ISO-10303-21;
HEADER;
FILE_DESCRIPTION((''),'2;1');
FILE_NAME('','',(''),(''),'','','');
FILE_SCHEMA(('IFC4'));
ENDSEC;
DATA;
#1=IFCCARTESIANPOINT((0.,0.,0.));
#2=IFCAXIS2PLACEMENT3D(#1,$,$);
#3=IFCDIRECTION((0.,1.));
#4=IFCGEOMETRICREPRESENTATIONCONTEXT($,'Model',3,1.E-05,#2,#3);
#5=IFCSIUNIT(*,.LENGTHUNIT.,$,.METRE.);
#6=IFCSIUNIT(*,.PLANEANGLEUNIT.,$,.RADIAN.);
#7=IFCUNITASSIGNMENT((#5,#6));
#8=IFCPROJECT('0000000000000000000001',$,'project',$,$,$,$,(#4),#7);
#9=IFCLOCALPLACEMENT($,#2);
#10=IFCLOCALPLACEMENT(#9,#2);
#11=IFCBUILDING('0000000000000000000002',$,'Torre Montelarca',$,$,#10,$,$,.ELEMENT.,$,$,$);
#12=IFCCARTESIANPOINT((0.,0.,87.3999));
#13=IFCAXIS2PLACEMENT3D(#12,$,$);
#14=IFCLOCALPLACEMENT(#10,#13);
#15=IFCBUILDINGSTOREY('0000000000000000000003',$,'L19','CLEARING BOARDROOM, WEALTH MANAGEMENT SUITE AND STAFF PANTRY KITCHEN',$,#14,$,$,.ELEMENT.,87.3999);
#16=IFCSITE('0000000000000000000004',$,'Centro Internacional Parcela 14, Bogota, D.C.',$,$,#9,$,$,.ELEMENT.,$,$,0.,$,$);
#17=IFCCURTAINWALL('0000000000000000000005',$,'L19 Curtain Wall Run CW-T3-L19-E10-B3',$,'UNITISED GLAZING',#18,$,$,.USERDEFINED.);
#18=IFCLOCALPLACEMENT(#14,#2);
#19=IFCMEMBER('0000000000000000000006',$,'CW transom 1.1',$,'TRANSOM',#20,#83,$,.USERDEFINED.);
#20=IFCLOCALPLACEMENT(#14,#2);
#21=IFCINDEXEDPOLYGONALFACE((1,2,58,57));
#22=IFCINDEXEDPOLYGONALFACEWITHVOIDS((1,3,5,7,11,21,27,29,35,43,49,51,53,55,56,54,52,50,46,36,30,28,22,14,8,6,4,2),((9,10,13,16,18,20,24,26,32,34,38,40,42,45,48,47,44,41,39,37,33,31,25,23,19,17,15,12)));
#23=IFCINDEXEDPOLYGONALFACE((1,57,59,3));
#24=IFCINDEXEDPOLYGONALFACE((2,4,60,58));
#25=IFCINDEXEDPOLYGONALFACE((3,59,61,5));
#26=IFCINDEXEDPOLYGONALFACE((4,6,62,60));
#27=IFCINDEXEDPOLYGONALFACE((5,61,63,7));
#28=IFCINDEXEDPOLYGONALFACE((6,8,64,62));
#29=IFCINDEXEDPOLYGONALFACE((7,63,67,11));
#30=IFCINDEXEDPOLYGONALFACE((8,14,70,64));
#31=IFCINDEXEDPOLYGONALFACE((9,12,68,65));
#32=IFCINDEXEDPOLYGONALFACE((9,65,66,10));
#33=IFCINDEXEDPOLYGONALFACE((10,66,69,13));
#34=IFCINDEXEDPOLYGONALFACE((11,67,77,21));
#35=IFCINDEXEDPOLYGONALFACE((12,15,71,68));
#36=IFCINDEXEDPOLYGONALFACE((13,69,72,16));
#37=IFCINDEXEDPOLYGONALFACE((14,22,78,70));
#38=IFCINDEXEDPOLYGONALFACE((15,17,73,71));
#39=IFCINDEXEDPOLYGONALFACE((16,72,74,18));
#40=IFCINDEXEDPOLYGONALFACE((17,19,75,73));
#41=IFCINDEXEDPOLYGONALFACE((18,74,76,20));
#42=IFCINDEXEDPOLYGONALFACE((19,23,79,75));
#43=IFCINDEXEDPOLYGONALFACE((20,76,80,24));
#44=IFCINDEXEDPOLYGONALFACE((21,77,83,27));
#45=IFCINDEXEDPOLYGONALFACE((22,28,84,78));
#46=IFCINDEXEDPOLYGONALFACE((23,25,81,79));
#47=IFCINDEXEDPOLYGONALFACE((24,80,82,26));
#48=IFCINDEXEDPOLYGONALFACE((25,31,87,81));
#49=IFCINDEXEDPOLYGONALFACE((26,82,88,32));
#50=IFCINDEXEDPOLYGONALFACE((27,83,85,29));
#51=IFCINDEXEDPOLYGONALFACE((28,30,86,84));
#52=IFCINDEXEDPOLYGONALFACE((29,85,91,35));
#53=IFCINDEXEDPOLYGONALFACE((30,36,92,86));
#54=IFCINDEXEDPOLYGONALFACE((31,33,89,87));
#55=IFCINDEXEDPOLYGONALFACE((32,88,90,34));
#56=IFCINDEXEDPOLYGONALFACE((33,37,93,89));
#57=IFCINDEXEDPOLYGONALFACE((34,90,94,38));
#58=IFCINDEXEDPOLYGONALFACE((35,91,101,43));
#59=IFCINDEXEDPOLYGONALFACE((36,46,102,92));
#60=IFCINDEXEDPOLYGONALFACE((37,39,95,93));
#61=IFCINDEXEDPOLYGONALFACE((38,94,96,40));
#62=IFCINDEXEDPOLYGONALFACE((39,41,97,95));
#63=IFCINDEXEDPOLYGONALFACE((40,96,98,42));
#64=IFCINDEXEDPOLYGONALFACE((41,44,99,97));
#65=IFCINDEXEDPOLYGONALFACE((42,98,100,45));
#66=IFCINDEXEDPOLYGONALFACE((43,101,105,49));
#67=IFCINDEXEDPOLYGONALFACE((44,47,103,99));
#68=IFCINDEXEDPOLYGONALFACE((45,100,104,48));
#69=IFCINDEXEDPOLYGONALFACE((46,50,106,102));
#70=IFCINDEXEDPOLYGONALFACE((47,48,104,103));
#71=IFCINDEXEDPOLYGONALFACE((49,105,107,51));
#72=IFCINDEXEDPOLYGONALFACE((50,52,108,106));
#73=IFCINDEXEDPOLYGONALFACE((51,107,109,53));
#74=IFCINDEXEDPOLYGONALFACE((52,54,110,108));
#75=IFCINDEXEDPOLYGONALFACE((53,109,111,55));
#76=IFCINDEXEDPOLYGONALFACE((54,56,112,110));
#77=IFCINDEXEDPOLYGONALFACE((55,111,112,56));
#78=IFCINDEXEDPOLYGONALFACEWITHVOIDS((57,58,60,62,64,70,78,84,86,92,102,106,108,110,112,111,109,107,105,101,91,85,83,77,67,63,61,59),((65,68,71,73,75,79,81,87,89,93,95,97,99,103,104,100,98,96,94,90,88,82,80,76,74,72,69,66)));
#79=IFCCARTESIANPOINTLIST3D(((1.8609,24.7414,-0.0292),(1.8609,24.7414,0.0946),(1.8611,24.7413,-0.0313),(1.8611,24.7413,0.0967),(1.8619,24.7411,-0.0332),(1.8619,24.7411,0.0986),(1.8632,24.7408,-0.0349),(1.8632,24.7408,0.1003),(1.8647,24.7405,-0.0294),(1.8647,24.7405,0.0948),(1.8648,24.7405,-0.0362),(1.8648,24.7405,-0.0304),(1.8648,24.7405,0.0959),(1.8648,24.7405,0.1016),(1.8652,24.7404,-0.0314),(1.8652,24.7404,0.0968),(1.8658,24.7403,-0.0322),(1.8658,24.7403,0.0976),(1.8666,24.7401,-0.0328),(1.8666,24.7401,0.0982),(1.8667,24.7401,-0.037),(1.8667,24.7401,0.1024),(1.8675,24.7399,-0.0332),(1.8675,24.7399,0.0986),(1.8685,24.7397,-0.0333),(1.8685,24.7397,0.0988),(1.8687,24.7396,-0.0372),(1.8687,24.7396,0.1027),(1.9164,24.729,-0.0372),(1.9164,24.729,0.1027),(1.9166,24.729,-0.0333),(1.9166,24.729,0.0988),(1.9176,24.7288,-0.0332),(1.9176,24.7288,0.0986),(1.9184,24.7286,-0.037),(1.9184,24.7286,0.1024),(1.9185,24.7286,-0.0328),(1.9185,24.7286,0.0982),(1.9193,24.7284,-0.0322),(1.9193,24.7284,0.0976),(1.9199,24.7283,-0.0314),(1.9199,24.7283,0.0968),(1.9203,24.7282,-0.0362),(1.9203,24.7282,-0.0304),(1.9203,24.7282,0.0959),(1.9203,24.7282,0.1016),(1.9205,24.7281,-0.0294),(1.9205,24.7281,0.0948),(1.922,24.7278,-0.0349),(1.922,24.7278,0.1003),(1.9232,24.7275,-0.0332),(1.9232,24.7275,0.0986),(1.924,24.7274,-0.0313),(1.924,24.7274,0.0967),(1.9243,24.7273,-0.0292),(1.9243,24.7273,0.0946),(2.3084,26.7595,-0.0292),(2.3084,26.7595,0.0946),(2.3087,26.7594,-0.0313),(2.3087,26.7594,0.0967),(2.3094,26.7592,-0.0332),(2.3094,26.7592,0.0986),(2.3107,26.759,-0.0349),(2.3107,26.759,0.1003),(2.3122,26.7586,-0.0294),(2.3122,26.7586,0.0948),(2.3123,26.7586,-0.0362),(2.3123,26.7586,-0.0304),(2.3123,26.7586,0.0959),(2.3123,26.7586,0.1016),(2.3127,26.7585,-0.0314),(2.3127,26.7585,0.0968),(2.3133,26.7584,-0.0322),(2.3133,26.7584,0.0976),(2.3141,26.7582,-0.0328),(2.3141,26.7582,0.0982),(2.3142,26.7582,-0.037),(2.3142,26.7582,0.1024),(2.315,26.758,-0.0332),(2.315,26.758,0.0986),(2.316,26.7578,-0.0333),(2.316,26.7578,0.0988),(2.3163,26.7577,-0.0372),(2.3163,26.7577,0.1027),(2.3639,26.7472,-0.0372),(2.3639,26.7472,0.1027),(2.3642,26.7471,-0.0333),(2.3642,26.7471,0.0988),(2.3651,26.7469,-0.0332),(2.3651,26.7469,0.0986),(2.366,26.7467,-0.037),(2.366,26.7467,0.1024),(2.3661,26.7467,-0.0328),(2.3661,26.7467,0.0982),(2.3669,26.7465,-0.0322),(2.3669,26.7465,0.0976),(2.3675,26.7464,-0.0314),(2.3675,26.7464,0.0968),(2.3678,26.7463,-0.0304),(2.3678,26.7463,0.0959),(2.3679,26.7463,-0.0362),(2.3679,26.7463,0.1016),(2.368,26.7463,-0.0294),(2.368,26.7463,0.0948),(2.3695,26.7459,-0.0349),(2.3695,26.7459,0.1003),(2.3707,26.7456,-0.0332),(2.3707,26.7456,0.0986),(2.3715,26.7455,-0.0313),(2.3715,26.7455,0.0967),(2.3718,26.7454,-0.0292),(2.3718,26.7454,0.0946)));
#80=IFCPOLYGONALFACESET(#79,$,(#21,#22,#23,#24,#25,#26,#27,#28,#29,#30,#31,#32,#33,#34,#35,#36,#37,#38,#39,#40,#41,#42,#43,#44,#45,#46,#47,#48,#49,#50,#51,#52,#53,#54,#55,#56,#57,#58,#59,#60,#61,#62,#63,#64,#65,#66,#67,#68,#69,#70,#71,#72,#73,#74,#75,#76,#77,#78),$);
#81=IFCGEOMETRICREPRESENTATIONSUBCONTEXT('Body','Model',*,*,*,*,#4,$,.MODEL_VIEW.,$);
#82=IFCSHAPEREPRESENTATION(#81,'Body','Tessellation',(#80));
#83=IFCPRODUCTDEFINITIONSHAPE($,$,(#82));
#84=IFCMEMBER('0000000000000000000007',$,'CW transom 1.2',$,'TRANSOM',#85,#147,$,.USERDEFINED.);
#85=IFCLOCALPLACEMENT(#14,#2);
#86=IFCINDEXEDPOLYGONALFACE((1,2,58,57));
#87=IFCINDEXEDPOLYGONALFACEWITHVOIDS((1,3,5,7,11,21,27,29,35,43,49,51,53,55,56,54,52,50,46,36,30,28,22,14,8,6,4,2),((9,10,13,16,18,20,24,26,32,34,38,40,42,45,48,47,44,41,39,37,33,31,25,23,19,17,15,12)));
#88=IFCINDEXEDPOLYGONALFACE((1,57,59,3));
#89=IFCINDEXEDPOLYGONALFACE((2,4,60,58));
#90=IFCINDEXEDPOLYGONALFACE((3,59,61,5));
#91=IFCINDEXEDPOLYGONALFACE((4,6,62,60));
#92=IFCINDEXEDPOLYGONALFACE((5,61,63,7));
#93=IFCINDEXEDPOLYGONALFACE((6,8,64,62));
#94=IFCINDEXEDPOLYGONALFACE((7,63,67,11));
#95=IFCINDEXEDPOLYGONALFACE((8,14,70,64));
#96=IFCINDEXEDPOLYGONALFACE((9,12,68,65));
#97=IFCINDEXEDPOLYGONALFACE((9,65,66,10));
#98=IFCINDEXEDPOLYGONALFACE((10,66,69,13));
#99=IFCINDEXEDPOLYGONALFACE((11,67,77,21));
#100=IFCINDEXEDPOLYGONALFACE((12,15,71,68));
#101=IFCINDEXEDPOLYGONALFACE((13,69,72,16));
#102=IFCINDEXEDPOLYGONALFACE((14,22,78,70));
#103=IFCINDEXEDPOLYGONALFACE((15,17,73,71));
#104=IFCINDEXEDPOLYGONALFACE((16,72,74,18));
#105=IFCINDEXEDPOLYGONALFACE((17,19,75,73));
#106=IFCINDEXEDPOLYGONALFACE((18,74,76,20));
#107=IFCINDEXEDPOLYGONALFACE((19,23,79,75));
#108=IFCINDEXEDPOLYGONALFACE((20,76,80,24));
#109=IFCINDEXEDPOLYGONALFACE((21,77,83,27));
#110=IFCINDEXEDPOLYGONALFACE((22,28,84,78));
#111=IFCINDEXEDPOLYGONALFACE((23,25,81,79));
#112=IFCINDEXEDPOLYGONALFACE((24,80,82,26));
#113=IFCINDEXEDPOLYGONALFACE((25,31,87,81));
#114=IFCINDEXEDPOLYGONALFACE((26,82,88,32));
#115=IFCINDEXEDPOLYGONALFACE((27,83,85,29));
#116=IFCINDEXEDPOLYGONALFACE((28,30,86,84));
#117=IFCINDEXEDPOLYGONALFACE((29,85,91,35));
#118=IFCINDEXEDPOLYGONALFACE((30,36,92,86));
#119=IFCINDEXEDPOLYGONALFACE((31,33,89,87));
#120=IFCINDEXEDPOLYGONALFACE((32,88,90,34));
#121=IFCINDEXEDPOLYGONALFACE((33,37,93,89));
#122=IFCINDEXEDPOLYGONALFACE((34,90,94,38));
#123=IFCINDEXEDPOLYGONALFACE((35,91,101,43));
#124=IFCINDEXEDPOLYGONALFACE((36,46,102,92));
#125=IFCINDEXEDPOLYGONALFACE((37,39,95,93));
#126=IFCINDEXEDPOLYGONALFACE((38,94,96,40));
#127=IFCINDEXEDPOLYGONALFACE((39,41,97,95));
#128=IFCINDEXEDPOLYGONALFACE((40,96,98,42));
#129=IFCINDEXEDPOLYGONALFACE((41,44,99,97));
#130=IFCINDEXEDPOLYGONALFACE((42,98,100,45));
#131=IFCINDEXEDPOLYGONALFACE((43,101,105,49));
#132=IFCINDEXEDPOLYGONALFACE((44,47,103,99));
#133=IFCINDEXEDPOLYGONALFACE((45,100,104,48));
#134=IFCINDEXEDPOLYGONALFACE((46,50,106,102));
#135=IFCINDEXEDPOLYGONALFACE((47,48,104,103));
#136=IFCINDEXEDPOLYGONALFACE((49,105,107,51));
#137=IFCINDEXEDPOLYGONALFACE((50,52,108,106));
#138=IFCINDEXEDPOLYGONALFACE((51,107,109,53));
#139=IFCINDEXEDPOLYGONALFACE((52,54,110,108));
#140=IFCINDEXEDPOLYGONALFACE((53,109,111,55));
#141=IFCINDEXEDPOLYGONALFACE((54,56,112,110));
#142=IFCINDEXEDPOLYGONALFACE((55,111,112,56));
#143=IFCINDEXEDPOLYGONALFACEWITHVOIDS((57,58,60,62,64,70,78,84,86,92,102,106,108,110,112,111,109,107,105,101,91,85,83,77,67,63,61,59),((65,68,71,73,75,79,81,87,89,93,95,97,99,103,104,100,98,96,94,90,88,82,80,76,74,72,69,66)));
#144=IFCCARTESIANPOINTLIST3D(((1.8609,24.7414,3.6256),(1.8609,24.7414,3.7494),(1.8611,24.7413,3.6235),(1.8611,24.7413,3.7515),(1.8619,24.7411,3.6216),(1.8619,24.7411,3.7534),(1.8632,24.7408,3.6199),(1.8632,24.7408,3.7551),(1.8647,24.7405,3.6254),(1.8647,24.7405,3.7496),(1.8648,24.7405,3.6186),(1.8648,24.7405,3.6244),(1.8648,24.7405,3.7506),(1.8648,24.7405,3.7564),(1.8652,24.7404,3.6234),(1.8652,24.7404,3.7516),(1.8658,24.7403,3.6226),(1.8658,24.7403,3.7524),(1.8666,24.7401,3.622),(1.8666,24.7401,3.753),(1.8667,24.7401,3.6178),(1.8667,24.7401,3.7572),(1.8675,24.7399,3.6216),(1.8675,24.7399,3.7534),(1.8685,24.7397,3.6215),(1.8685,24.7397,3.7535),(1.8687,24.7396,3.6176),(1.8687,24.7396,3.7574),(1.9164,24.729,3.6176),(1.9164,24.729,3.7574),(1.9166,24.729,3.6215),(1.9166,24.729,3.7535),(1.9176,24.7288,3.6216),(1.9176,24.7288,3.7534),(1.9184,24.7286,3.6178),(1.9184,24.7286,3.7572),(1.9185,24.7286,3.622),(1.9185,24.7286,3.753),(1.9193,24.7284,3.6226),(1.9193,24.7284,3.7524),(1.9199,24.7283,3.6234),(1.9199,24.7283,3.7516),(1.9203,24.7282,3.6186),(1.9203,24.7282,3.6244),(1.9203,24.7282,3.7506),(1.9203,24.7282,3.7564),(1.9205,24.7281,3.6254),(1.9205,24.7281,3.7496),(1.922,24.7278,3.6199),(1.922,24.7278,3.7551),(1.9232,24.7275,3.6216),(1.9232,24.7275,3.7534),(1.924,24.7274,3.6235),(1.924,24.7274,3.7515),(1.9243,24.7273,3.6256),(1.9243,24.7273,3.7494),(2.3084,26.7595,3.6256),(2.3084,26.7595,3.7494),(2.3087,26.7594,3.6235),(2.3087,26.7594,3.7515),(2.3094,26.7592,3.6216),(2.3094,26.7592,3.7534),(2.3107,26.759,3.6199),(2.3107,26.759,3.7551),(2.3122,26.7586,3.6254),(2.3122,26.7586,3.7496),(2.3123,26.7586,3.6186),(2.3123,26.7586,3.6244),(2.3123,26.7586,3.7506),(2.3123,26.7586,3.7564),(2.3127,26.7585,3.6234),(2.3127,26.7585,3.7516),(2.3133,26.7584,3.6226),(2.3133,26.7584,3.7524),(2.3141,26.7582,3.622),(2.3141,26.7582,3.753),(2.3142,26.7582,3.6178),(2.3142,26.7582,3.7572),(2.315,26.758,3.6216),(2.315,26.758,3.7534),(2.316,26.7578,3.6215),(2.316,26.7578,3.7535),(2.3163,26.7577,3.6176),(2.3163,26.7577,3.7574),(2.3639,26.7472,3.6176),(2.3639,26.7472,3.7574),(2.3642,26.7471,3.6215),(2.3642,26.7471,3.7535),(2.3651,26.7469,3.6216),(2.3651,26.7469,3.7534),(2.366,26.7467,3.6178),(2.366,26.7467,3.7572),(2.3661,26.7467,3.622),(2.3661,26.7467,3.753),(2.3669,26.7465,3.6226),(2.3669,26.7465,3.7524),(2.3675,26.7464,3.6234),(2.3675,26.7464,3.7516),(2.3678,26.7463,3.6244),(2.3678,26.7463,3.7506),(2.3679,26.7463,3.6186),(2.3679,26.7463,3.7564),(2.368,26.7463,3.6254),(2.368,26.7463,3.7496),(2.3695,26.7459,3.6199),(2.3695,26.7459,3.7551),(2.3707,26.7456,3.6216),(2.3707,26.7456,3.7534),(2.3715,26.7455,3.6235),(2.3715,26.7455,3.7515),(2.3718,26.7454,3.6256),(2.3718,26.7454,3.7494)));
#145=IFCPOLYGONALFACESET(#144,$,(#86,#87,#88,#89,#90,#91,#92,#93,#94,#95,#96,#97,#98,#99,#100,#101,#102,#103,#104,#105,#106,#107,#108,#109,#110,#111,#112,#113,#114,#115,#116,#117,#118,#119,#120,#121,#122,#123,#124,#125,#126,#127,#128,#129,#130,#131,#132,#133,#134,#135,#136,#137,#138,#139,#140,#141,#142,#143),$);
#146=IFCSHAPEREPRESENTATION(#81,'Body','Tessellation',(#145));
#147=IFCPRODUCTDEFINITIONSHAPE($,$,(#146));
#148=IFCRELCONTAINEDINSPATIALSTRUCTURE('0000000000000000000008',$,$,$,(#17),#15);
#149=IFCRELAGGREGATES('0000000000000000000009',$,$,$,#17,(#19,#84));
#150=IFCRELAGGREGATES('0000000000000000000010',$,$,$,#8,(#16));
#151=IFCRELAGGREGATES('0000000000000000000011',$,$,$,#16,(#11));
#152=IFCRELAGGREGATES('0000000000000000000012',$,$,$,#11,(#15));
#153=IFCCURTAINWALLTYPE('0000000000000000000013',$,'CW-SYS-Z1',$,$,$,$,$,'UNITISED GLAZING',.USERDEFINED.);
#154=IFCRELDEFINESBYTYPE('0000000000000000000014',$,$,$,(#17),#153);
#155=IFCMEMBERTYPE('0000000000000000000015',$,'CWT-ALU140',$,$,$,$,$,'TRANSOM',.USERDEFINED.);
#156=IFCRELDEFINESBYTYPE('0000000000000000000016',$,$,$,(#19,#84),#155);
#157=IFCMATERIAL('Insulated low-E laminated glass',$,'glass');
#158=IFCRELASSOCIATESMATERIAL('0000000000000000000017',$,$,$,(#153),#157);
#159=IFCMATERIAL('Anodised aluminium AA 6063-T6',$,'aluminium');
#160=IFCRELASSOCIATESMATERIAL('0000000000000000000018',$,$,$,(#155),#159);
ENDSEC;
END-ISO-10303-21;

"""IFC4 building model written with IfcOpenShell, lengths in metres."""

from ifc_helpers import new_model, si_unit, direction, frame, origin, origin_2d, place, context, subcontext, project, spatial, hollow_rectangle, extrude, source, transform, mapped, material, material_profile, profile_set, type_object, element, aggregate, save


model = new_model("IFC4")

# Units and contexts
model_context = context("Model", 3, precision=1e-05, world=origin(), true_north=direction((0.0, 1.0)))
body_context = subcontext(model_context, "Body", "Model", "MODEL_VIEW")
ifc_project = project(units=[si_unit("LENGTHUNIT", "METRE"), si_unit("PLANEANGLEUNIT", "RADIAN")], contexts=[model_context])

# Site, building, storey
site_placement = place(None, origin())
site = spatial("IfcSite", under=ifc_project, at=site_placement, Name="Centro Internacional Parcela 14, Bogota, D.C.", CompositionType="ELEMENT", RefElevation=0.0)
building_placement = place(site_placement, origin())
building = spatial("IfcBuilding", under=site, at=building_placement, Name="Torre Montelarca", CompositionType="ELEMENT")
storey_placement = place(building_placement, frame((0.0, 0.0, 87.3999)))
storey = spatial("IfcBuildingStorey", under=building, at=storey_placement, Name="L19", Description="CLEARING BOARDROOM, WEALTH MANAGEMENT SUITE AND STAFF PANTRY KITCHEN", CompositionType="ELEMENT", Elevation=87.3999)

# Curtain wall, members
ifc_material_1 = material(Name="Insulated low-E laminated glass", Category="glass")
curtain_wall_type = type_object("IfcCurtainWallType", Name="CW-SYS-Z1", ElementType="UNITISED GLAZING", PredefinedType="USERDEFINED", material=ifc_material_1)
curtain_wall_1_placement = place(storey_placement, origin())
curtain_wall_1 = element("IfcCurtainWall", 1, at=curtain_wall_1_placement, inside=storey, type_object=curtain_wall_type, Name="L19 Curtain Wall Run CW-T3-L19-E10-B3", ObjectType="UNITISED GLAZING", PredefinedType="USERDEFINED")
ifc_material_2 = material(Name="Anodised aluminium AA 6063-T6", Category="aluminium")
ifc_material_profile_1 = material_profile(ifc_material_2, hollow_rectangle(XDim=0.0649, YDim=0.1399, WallThickness=0.0039, InnerFilletRadius=0.0039, OuterFilletRadius=0.0081, at=origin_2d()), Name="ALU65X140X4", Category="aluminium")
ifc_profile_set_1 = profile_set([ifc_material_profile_1], Name="Anodised aluminium AA 6063-T6")
member_type_1 = type_object("IfcMemberType", Name="CWT-ALU140", ElementType="TRANSOM", PredefinedType="USERDEFINED", material=ifc_profile_set_1)
shared_shape_1 = source(origin(), body_context, "Body", "SweptSolid", [
    extrude(hollow_rectangle(XDim=0.0649, YDim=0.1399, WallThickness=0.0039, InnerFilletRadius=0.0039, OuterFilletRadius=0.0081, at=origin_2d()), origin(), (0.0, 0.0, 1.0), 2.0671),
])
member_1_placement = place(storey_placement, frame((2.3401, 26.7524, 0.0327), z_axis=(-0.216493, -0.976284, 0.0), x_axis=(0.976284, -0.216493, 0.0)))
member_1 = element("IfcMember", 2, at=member_1_placement, type_object=member_type_1, Name="CW transom 1.1", ObjectType="TRANSOM", PredefinedType="USERDEFINED", context=body_context, shape_type="MappedRepresentation", body=[
    mapped(shared_shape_1, transform((0.0, 0.0, 0.0), scale=1.0)),
])
member_2_placement = place(storey_placement, frame((2.3401, 26.7524, 3.6875), z_axis=(-0.216493, -0.976284, 0.0), x_axis=(0.976284, -0.216493, 0.0)))
member_2 = element("IfcMember", 3, at=member_2_placement, type_object=member_type_1, Name="CW transom 1.2", ObjectType="TRANSOM", PredefinedType="USERDEFINED", context=body_context, shape_type="MappedRepresentation", body=[
    mapped(shared_shape_1, transform((0.0, 0.0, 0.0), scale=1.0)),
])

aggregate(curtain_wall_1, [member_1, member_2])

save(model, "model.ifc")
